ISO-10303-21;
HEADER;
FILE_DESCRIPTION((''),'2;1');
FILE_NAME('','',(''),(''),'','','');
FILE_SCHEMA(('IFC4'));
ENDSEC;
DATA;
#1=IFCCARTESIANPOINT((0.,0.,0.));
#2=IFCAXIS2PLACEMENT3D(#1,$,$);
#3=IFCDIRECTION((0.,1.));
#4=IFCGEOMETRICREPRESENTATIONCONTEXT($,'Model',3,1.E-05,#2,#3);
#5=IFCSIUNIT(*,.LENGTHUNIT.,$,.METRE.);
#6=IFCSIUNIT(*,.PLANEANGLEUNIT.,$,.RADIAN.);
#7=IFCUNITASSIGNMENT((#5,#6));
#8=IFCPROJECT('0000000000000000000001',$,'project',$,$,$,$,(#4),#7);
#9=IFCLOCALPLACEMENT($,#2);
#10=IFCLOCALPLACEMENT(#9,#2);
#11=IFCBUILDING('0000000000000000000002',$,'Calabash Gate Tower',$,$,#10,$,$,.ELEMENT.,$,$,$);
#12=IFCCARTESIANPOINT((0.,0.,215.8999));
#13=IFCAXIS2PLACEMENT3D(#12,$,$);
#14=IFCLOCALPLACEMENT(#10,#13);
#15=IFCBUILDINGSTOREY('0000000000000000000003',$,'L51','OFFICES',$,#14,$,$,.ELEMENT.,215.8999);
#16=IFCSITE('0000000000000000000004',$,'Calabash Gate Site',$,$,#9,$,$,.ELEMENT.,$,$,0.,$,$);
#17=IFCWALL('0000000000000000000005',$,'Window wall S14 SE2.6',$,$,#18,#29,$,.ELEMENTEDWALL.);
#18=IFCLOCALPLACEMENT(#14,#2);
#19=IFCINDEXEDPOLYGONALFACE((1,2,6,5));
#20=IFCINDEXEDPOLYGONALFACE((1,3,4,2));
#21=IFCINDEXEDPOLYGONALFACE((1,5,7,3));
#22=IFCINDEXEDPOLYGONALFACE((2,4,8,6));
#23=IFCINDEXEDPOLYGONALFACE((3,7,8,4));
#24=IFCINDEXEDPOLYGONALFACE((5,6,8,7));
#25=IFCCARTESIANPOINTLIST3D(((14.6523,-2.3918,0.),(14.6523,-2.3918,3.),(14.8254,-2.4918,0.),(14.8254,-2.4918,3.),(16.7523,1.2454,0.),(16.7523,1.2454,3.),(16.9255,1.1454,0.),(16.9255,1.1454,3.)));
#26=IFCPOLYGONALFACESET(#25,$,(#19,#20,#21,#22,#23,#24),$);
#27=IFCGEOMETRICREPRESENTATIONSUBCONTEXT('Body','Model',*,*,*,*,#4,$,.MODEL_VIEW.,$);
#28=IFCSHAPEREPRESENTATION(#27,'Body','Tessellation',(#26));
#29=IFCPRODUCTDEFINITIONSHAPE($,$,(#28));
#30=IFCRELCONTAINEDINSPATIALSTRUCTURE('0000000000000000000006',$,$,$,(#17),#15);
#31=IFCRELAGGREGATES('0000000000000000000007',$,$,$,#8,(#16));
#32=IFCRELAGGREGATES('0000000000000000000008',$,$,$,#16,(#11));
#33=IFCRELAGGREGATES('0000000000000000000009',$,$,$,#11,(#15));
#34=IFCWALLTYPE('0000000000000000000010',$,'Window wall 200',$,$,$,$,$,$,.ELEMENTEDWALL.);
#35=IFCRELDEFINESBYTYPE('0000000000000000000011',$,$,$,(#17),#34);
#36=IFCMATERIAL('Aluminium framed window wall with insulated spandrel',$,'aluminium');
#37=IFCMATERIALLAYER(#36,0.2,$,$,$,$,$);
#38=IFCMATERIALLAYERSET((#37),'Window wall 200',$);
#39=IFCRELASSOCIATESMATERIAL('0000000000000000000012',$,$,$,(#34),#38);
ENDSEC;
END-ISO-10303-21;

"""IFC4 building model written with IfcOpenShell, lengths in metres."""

from ifc_helpers import new_model, si_unit, direction, frame, frame_2d, origin, place, context, subcontext, project, spatial, rectangle, extrude, material, layer, layer_set, type_object, element, save


model = new_model("IFC4")

# Units and contexts
model_context = context("Model", 3, precision=1e-05, world=origin(), true_north=direction((0.0, 1.0)))
body_context = subcontext(model_context, "Body", "Model", "MODEL_VIEW")
ifc_project = project(units=[si_unit("LENGTHUNIT", "METRE"), si_unit("PLANEANGLEUNIT", "RADIAN")], contexts=[model_context])

# Site, building, storey
site_placement = place(None, origin())
site = spatial("IfcSite", under=ifc_project, at=site_placement, Name="Calabash Gate Site", CompositionType="ELEMENT", RefElevation=0.0)
building_placement = place(site_placement, origin())
building = spatial("IfcBuilding", under=site, at=building_placement, Name="Calabash Gate Tower", CompositionType="ELEMENT")
storey_placement = place(building_placement, frame((0.0, 0.0, 215.8999)))
storey = spatial("IfcBuildingStorey", under=building, at=storey_placement, Name="L51", Description="OFFICES", CompositionType="ELEMENT", Elevation=215.8999)

# Wall
ifc_material_1 = material(Name="Aluminium framed window wall with insulated spandrel", Category="aluminium")
ifc_layer_1 = layer(ifc_material_1, 0.2)
ifc_layer_set_1 = layer_set([ifc_layer_1], Name="Window wall 200")
wall_type_1 = type_object("IfcWallType", Name="Window wall 200", PredefinedType="ELEMENTEDWALL", material=ifc_layer_set_1)
for number, where, z_axis, x_axis, name in (
    (1, (14.7388, -2.4419, 0.0), (0.0, 0.0, 1.0), (0.500028, 0.866009, 0.0), "Window wall S14 SE2.6"),
):
    element("IfcWall", number, at=place(storey_placement, frame(where, z_axis=z_axis, x_axis=x_axis)), inside=storey, type_object=wall_type_1, Name=name, PredefinedType="ELEMENTEDWALL", context=body_context, shape_type="SweptSolid", body=[
        extrude(rectangle(XDim=4.2, YDim=0.2, at=frame_2d((2.1001, 0.0))), origin(), (0.0, 0.0, 1.0), 3.0),
    ])

save(model, "model.ifc")
